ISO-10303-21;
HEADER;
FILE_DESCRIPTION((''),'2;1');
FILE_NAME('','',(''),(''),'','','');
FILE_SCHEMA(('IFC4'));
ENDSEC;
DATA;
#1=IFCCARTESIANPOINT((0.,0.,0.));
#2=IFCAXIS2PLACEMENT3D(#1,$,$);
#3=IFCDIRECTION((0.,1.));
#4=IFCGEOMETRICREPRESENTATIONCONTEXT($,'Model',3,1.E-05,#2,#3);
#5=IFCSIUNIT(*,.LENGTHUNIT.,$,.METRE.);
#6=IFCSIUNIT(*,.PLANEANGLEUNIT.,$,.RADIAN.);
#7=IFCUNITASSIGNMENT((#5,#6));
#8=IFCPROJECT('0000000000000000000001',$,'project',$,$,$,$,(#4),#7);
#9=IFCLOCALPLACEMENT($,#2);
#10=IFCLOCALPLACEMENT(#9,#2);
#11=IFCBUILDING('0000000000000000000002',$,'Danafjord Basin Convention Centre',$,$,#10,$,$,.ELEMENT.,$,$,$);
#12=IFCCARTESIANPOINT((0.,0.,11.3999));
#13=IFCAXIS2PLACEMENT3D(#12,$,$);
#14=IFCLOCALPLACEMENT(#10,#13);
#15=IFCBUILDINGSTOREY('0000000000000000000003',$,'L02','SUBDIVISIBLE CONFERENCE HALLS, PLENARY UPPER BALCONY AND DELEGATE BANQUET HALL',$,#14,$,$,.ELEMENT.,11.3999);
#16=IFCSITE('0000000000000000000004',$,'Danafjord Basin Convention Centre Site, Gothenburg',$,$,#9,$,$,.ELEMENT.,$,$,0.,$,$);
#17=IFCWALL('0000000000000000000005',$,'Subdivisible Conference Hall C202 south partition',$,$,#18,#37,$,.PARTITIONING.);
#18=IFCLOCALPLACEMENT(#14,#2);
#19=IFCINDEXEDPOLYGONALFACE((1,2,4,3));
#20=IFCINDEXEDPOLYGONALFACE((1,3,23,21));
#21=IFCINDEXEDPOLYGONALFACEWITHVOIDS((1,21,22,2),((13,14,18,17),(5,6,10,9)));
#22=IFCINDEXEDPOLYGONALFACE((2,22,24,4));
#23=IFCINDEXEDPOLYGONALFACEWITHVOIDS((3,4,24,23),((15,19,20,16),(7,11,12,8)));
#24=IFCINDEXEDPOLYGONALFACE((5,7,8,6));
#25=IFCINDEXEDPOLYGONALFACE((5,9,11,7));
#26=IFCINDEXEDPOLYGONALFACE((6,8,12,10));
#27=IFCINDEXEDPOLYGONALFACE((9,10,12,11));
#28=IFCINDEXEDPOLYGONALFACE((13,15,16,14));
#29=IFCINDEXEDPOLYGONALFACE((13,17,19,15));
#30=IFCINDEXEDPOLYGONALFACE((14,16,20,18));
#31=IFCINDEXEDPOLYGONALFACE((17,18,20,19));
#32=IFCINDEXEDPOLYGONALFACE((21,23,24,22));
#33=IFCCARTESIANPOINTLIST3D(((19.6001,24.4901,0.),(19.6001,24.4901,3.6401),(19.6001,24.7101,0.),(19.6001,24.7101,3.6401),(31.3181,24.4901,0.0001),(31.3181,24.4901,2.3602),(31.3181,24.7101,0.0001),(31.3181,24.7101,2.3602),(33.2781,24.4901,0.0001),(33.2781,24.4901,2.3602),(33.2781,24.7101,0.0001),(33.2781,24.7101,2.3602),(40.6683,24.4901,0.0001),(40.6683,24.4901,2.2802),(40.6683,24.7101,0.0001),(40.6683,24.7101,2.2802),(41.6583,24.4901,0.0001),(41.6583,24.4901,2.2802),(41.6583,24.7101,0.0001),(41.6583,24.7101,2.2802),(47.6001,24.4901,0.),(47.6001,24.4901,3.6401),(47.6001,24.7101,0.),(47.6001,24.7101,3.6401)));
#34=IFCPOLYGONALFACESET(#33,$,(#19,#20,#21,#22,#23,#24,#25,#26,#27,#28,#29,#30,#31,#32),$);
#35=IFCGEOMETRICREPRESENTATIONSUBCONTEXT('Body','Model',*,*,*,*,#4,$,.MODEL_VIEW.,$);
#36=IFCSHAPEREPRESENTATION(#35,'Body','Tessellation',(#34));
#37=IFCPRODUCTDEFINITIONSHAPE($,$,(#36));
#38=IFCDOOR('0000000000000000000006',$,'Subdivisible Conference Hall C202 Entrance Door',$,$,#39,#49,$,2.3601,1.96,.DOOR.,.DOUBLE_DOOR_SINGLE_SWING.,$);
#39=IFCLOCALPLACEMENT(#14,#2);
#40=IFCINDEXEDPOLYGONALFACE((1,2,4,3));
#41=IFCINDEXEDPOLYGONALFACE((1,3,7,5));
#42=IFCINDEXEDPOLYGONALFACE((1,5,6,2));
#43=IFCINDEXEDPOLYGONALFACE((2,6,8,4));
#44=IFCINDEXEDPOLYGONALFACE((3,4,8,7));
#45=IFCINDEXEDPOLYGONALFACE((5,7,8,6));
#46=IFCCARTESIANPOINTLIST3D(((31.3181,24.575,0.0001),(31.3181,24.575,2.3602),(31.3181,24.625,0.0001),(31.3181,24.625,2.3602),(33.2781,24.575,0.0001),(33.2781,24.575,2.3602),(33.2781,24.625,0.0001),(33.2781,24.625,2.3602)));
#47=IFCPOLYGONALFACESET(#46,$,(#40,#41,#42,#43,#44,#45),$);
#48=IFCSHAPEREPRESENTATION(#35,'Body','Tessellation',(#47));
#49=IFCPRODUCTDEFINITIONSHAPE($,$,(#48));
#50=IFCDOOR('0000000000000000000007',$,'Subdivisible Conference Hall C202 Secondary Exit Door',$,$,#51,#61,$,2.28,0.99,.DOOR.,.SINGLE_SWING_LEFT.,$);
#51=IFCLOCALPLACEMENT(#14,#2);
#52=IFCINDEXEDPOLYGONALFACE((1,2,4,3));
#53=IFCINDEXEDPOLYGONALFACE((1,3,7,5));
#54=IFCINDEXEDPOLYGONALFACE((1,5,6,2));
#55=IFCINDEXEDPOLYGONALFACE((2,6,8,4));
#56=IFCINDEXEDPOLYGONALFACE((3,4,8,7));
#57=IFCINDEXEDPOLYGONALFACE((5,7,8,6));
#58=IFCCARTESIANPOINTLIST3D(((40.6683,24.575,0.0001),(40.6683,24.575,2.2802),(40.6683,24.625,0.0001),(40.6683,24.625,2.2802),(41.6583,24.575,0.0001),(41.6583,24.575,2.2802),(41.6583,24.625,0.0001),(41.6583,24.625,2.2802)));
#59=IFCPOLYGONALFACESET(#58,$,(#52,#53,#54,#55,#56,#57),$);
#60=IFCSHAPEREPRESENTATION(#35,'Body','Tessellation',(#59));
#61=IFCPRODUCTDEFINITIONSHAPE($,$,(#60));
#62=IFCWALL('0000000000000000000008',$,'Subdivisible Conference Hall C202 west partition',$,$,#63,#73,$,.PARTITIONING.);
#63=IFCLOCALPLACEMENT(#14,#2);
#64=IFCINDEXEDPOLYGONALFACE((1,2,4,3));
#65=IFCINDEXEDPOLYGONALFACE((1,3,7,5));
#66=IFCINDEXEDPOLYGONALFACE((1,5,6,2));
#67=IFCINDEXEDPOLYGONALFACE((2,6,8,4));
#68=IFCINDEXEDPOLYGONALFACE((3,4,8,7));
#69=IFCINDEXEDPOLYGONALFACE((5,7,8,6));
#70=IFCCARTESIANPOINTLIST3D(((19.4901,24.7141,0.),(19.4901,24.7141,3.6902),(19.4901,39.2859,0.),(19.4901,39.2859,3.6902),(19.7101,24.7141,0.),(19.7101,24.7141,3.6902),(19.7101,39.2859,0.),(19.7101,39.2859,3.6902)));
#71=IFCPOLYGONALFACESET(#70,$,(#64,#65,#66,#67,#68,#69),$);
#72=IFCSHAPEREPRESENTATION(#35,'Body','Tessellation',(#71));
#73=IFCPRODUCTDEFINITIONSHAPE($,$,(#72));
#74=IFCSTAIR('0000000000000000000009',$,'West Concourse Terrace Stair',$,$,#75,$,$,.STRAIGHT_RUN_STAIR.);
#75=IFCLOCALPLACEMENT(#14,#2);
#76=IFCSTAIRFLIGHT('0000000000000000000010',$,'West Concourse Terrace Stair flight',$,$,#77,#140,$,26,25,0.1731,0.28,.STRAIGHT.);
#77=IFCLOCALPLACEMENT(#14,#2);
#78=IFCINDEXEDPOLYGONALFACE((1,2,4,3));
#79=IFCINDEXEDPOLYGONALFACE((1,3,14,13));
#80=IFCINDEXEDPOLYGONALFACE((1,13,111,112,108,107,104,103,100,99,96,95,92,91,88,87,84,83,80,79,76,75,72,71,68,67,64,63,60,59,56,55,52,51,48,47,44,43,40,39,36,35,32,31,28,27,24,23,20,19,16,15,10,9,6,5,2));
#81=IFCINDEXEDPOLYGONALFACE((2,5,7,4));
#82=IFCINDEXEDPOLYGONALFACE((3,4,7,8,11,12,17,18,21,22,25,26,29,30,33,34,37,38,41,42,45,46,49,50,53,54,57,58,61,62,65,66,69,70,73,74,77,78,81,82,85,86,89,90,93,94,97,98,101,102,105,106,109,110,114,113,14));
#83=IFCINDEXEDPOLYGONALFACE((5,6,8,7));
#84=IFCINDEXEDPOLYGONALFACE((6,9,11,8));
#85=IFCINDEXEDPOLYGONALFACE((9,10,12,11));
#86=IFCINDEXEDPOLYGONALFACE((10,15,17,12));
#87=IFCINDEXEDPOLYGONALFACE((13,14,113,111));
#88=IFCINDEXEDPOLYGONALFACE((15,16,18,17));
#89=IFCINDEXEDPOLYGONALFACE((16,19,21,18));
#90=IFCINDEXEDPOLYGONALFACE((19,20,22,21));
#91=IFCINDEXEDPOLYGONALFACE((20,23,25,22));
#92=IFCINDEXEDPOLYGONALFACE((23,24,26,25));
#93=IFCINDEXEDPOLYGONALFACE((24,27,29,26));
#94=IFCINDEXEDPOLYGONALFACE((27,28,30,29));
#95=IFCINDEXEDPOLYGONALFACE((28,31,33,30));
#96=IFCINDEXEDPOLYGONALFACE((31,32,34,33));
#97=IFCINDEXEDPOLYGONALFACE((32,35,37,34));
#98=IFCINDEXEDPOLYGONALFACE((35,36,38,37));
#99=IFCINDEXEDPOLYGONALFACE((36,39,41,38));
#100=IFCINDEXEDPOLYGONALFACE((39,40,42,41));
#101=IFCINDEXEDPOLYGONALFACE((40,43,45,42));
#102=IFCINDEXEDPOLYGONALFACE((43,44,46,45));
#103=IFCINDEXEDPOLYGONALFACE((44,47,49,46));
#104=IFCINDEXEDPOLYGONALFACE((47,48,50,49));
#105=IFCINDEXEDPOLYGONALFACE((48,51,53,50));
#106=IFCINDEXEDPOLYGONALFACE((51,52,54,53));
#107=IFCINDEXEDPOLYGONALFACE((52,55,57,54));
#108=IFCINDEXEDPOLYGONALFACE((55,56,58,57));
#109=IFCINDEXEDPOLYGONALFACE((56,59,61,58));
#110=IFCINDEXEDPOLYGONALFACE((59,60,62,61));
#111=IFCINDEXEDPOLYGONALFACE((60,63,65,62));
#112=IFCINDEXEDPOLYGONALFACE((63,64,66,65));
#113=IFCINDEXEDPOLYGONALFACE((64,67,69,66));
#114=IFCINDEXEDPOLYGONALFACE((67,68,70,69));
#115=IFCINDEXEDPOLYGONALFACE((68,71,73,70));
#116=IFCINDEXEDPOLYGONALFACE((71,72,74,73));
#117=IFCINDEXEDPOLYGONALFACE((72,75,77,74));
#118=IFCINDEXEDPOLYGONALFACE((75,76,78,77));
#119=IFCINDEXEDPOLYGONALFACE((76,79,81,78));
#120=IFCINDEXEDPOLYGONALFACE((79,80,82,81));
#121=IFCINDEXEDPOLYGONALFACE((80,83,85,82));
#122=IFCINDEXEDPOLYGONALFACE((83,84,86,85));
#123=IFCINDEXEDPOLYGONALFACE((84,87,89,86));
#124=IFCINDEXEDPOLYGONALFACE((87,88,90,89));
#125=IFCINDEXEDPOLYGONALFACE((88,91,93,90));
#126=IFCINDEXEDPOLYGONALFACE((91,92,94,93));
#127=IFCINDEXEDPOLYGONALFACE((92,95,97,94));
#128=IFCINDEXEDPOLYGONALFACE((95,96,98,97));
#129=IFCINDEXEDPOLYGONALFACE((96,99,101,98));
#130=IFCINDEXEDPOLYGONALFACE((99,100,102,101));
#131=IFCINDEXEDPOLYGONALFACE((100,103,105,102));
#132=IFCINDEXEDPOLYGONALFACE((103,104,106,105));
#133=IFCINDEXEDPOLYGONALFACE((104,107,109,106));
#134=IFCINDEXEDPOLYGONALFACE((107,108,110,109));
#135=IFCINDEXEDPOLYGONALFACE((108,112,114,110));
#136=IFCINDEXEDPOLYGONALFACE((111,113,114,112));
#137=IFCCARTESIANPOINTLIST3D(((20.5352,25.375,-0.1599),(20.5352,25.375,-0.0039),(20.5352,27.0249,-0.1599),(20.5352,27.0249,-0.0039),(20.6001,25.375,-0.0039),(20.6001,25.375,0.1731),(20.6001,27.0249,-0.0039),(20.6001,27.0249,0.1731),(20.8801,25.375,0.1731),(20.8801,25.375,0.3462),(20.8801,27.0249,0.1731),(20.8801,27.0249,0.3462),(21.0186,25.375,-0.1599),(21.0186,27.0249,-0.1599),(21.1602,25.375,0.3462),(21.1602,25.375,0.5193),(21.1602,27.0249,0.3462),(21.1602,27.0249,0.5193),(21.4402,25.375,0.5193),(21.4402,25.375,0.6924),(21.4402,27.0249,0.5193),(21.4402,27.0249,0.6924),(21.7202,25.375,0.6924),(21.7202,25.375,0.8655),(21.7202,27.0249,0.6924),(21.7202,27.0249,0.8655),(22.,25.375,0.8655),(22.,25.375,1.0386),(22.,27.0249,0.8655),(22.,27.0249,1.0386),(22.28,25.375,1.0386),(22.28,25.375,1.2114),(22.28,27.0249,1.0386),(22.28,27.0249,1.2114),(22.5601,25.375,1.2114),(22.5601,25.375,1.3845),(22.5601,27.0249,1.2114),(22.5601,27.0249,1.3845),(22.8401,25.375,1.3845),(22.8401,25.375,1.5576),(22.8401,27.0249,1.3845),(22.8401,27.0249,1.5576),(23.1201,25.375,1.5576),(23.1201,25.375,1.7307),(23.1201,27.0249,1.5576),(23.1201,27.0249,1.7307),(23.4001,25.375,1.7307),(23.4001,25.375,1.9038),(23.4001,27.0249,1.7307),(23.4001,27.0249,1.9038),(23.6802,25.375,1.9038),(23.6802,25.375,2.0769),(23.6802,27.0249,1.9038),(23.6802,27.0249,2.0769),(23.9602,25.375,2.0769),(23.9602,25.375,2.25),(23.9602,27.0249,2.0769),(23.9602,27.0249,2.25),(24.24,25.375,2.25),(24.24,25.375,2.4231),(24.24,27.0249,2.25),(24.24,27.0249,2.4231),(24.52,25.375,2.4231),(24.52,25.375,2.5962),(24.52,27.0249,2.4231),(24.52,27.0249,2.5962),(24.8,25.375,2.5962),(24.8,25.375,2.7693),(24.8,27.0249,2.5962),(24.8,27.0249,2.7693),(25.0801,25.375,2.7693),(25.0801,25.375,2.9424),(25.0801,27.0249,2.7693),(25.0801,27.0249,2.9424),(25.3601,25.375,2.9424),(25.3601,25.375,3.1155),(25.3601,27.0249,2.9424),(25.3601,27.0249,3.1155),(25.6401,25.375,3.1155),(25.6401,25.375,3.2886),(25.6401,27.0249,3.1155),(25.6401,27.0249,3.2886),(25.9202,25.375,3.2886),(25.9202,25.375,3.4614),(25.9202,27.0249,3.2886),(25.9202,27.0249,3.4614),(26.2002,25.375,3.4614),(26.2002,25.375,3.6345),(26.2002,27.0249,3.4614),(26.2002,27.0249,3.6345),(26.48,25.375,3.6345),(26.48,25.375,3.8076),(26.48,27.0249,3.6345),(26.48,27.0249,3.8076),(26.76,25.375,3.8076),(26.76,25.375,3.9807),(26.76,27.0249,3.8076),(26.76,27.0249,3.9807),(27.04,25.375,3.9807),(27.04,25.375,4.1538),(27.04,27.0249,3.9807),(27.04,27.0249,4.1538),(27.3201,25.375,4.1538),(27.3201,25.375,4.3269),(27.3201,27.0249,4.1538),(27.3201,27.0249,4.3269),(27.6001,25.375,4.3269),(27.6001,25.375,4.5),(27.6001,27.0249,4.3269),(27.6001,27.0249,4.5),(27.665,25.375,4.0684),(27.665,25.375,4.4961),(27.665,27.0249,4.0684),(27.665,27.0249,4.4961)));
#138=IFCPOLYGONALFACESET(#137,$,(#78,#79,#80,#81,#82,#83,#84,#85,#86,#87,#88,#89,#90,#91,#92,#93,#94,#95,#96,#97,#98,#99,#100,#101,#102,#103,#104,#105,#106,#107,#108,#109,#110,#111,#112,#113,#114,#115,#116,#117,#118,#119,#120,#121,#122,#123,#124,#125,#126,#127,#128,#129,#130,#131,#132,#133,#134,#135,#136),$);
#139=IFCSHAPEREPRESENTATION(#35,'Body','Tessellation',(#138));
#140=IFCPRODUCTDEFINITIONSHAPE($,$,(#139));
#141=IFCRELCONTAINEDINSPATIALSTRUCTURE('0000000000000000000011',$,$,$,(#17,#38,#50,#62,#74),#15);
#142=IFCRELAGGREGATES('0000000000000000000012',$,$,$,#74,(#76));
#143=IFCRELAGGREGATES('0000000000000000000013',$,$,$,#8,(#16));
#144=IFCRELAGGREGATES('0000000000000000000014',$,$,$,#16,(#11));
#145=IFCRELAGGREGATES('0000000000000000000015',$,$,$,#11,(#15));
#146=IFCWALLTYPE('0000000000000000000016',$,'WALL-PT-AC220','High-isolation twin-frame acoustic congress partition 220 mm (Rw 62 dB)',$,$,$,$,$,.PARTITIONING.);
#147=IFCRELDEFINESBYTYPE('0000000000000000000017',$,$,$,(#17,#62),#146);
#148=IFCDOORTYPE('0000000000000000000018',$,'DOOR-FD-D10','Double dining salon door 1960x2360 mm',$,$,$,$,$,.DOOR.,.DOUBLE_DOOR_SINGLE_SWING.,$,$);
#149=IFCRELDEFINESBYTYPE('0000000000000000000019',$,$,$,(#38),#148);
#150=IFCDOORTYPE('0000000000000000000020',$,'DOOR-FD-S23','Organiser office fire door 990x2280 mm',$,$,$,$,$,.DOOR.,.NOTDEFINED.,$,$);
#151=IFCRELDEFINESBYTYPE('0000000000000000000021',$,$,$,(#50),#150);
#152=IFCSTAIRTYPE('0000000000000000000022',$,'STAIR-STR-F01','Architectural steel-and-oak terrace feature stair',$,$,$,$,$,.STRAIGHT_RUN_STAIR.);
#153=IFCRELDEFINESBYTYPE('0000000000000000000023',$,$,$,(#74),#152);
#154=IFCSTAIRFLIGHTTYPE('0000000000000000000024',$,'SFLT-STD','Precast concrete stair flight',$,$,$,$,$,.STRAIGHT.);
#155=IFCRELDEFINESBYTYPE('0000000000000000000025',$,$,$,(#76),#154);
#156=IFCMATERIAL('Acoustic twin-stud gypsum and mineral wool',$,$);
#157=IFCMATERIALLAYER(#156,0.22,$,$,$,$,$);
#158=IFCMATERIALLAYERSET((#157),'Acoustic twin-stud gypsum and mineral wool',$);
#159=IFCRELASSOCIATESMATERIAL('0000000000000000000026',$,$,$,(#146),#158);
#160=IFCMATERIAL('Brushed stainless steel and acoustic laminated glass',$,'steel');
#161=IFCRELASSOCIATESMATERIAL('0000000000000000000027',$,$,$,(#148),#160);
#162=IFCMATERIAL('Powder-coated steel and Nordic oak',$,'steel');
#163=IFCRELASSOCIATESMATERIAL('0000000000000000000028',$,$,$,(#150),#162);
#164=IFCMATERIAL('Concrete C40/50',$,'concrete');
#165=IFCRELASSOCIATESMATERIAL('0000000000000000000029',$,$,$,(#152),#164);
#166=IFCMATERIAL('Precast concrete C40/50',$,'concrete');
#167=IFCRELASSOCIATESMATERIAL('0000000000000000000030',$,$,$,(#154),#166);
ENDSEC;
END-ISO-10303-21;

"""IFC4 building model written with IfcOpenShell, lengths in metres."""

from ifc_helpers import new_model, si_unit, direction, frame, frame_2d, origin, place, context, subcontext, project, spatial, polyline, rectangle, outline, extrude, material, layer, layer_set, type_object, element, fill, aggregate, save


model = new_model("IFC4")

# Units and contexts
model_context = context("Model", 3, precision=1e-05, world=origin(), true_north=direction((0.0, 1.0)))
body_context = subcontext(model_context, "Body", "Model", "MODEL_VIEW")
ifc_project = project(units=[si_unit("LENGTHUNIT", "METRE"), si_unit("PLANEANGLEUNIT", "RADIAN")], contexts=[model_context])

# Site, building, storey
site_placement = place(None, origin())
site = spatial("IfcSite", under=ifc_project, at=site_placement, Name="Danafjord Basin Convention Centre Site, Gothenburg", CompositionType="ELEMENT", RefElevation=0.0)
building_placement = place(site_placement, origin())
building = spatial("IfcBuilding", under=site, at=building_placement, Name="Danafjord Basin Convention Centre", CompositionType="ELEMENT")
storey_placement = place(building_placement, frame((0.0, 0.0, 11.3999)))
storey = spatial("IfcBuildingStorey", under=building, at=storey_placement, Name="L02", Description="SUBDIVISIBLE CONFERENCE HALLS, PLENARY UPPER BALCONY AND DELEGATE BANQUET HALL", CompositionType="ELEMENT", Elevation=11.3999)

# Wall, openings, doors
ifc_material_1 = material(Name="Acoustic twin-stud gypsum and mineral wool")
ifc_layer_1 = layer(ifc_material_1, 0.22)
ifc_layer_set_1 = layer_set([ifc_layer_1], Name="Acoustic twin-stud gypsum and mineral wool")
wall_type_1 = type_object("IfcWallType", Name="WALL-PT-AC220", Description="High-isolation twin-frame acoustic congress partition 220 mm (Rw 62 dB)", PredefinedType="PARTITIONING", material=ifc_layer_set_1)
wall_1_placement = place(storey_placement, frame((19.6001, 24.6001, 0.0), z_axis=(0.0, 0.0, 1.0), x_axis=(1.0, 0.0, 0.0)))
wall_1 = element("IfcWall", 1, at=wall_1_placement, inside=storey, type_object=wall_type_1, Name="Subdivisible Conference Hall C202 south partition", PredefinedType="PARTITIONING", context=body_context, shape_type="SweptSolid", body=[
    extrude(rectangle(XDim=28.0, YDim=0.22, at=frame_2d((14.0, 0.0))), origin(), (0.0, 0.0, 1.0), 3.6401),
])
opening_1_placement = place(wall_1_placement, frame((11.718, 0.0, 0.0)))
opening_1 = element("IfcOpeningElement", 2, at=opening_1_placement, cuts=wall_1, PredefinedType="OPENING", context=body_context, shape_type="SweptSolid", body=[
    extrude(rectangle(XDim=1.96, YDim=2.3601, at=frame_2d((0.98, 1.1802))), frame((0.0, 0.1199, 0.0), z_axis=(0.0, -1.0, 0.0), x_axis=(1.0, 0.0, 0.0)), (0.0, 0.0, 1.0), 0.24),
])
opening_2_placement = place(wall_1_placement, frame((21.0681, 0.0, 0.0)))
opening_2 = element("IfcOpeningElement", 3, at=opening_2_placement, cuts=wall_1, PredefinedType="OPENING", context=body_context, shape_type="SweptSolid", body=[
    extrude(rectangle(XDim=0.99, YDim=2.28, at=frame_2d((0.4951, 1.1401))), frame((0.0, 0.1199, 0.0), z_axis=(0.0, -1.0, 0.0), x_axis=(1.0, 0.0, 0.0)), (0.0, 0.0, 1.0), 0.24),
])
ifc_material_2 = material(Name="Brushed stainless steel and acoustic laminated glass", Category="steel")
door_type_1 = type_object("IfcDoorType", Name="DOOR-FD-D10", Description="Double dining salon door 1960x2360 mm", OperationType="DOUBLE_DOOR_SINGLE_SWING", PredefinedType="DOOR", material=ifc_material_2)
door_1_placement = place(opening_1_placement, origin())
door_1 = element("IfcDoor", 4, at=door_1_placement, inside=storey, type_object=door_type_1, Name="Subdivisible Conference Hall C202 Entrance Door", OperationType="DOUBLE_DOOR_SINGLE_SWING", OverallHeight=2.3601, OverallWidth=1.96, PredefinedType="DOOR", context=body_context, shape_type="SweptSolid", body=[
    extrude(rectangle(XDim=1.96, YDim=2.3601, at=frame_2d((0.98, 1.1802))), frame((0.0, 0.0249, 0.0), z_axis=(0.0, -1.0, 0.0), x_axis=(1.0, 0.0, 0.0)), (0.0, 0.0, 1.0), 0.05),
])
fill(opening_1, door_1)
ifc_material_3 = material(Name="Powder-coated steel and Nordic oak", Category="steel")
door_type_2 = type_object("IfcDoorType", Name="DOOR-FD-S23", Description="Organiser office fire door 990x2280 mm", OperationType="NOTDEFINED", PredefinedType="DOOR", material=ifc_material_3)
door_2_placement = place(opening_2_placement, origin())
door_2 = element("IfcDoor", 5, at=door_2_placement, inside=storey, type_object=door_type_2, Name="Subdivisible Conference Hall C202 Secondary Exit Door", OperationType="SINGLE_SWING_LEFT", OverallHeight=2.28, OverallWidth=0.99, PredefinedType="DOOR", context=body_context, shape_type="SweptSolid", body=[
    extrude(rectangle(XDim=0.99, YDim=2.28, at=frame_2d((0.4951, 1.1401))), frame((0.0, 0.0249, 0.0), z_axis=(0.0, -1.0, 0.0), x_axis=(1.0, 0.0, 0.0)), (0.0, 0.0, 1.0), 0.05),
])
fill(opening_2, door_2)

# Wall
wall_2_placement = place(storey_placement, frame((19.6001, 39.2859, 0.0), z_axis=(0.0, 0.0, 1.0), x_axis=(0.0, -1.0, 0.0)))
element("IfcWall", 6, at=wall_2_placement, inside=storey, type_object=wall_type_1, Name="Subdivisible Conference Hall C202 west partition", PredefinedType="PARTITIONING", context=body_context, shape_type="SweptSolid", body=[
    extrude(rectangle(XDim=14.5718, YDim=0.22, at=frame_2d((7.2859, 0.0))), origin(), (0.0, 0.0, 1.0), 3.6902),
])

# Stair, stair flight
ifc_material_4 = material(Name="Concrete C40/50", Category="concrete")
stair_type = type_object("IfcStairType", Name="STAIR-STR-F01", Description="Architectural steel-and-oak terrace feature stair", PredefinedType="STRAIGHT_RUN_STAIR", material=ifc_material_4)
stair_placement = place(storey_placement, origin())
stair = element("IfcStair", 7, at=stair_placement, inside=storey, type_object=stair_type, Name="West Concourse Terrace Stair", PredefinedType="STRAIGHT_RUN_STAIR")
ifc_material_5 = material(Name="Precast concrete C40/50", Category="concrete")
stair_flight_type = type_object("IfcStairFlightType", Name="SFLT-STD", Description="Precast concrete stair flight", PredefinedType="STRAIGHT", material=ifc_material_5)
stair_flight_placement = place(storey_placement, frame((20.6001, 26.2, 0.0), z_axis=(0.0, 0.0, 1.0), x_axis=(1.0, 0.0, 0.0)))
stair_flight = element("IfcStairFlight", 8, at=stair_flight_placement, type_object=stair_flight_type, Name="West Concourse Terrace Stair flight", NumberOfRisers=26, NumberOfTreads=25, PredefinedType="STRAIGHT", RiserHeight=0.1731, TreadLength=0.28, context=body_context, shape_type="SweptSolid", body=[
    extrude(outline(polyline([(-0.0649, -0.1599), (-0.0649, -0.0039), (0.0, -0.0039), (0.0, 0.1731), (0.28, 0.1731), (0.28, 0.3462), (0.5601, 0.3462), (0.5601, 0.5193), (0.8401, 0.5193), (0.8401, 0.6924), (1.1201, 0.6924), (1.1201, 0.8655), (1.3999, 0.8655), (1.3999, 1.0386), (1.6799, 1.0386), (1.6799, 1.2114), (1.96, 1.2114), (1.96, 1.3845), (2.24, 1.3845), (2.24, 1.5576), (2.52, 1.5576), (2.52, 1.7307), (2.8, 1.7307), (2.8, 1.9038), (3.0801, 1.9038), (3.0801, 2.0769), (3.3601, 2.0769), (3.3601, 2.25), (3.6399, 2.25), (3.6399, 2.4231), (3.9199, 2.4231), (3.9199, 2.5962), (4.2, 2.5962), (4.2, 2.7693), (4.48, 2.7693), (4.48, 2.9424), (4.76, 2.9424), (4.76, 3.1155), (5.04, 3.1155), (5.04, 3.2886), (5.3201, 3.2886), (5.3201, 3.4614), (5.6001, 3.4614), (5.6001, 3.6345), (5.8799, 3.6345), (5.8799, 3.8076), (6.1599, 3.8076), (6.1599, 3.9807), (6.4399, 3.9807), (6.4399, 4.1538), (6.72, 4.1538), (6.72, 4.3269), (7.0, 4.3269), (7.0, 4.5), (7.0649, 4.4961), (7.0649, 4.0684), (0.4185, -0.1599), (-0.0649, -0.1599)])), frame((0.0, 0.825, 0.0), z_axis=(0.0, -1.0, 0.0), x_axis=(1.0, 0.0, 0.0)), (0.0, 0.0, 1.0), 1.6499),
])
aggregate(stair, [stair_flight])

save(model, "model.ifc")
